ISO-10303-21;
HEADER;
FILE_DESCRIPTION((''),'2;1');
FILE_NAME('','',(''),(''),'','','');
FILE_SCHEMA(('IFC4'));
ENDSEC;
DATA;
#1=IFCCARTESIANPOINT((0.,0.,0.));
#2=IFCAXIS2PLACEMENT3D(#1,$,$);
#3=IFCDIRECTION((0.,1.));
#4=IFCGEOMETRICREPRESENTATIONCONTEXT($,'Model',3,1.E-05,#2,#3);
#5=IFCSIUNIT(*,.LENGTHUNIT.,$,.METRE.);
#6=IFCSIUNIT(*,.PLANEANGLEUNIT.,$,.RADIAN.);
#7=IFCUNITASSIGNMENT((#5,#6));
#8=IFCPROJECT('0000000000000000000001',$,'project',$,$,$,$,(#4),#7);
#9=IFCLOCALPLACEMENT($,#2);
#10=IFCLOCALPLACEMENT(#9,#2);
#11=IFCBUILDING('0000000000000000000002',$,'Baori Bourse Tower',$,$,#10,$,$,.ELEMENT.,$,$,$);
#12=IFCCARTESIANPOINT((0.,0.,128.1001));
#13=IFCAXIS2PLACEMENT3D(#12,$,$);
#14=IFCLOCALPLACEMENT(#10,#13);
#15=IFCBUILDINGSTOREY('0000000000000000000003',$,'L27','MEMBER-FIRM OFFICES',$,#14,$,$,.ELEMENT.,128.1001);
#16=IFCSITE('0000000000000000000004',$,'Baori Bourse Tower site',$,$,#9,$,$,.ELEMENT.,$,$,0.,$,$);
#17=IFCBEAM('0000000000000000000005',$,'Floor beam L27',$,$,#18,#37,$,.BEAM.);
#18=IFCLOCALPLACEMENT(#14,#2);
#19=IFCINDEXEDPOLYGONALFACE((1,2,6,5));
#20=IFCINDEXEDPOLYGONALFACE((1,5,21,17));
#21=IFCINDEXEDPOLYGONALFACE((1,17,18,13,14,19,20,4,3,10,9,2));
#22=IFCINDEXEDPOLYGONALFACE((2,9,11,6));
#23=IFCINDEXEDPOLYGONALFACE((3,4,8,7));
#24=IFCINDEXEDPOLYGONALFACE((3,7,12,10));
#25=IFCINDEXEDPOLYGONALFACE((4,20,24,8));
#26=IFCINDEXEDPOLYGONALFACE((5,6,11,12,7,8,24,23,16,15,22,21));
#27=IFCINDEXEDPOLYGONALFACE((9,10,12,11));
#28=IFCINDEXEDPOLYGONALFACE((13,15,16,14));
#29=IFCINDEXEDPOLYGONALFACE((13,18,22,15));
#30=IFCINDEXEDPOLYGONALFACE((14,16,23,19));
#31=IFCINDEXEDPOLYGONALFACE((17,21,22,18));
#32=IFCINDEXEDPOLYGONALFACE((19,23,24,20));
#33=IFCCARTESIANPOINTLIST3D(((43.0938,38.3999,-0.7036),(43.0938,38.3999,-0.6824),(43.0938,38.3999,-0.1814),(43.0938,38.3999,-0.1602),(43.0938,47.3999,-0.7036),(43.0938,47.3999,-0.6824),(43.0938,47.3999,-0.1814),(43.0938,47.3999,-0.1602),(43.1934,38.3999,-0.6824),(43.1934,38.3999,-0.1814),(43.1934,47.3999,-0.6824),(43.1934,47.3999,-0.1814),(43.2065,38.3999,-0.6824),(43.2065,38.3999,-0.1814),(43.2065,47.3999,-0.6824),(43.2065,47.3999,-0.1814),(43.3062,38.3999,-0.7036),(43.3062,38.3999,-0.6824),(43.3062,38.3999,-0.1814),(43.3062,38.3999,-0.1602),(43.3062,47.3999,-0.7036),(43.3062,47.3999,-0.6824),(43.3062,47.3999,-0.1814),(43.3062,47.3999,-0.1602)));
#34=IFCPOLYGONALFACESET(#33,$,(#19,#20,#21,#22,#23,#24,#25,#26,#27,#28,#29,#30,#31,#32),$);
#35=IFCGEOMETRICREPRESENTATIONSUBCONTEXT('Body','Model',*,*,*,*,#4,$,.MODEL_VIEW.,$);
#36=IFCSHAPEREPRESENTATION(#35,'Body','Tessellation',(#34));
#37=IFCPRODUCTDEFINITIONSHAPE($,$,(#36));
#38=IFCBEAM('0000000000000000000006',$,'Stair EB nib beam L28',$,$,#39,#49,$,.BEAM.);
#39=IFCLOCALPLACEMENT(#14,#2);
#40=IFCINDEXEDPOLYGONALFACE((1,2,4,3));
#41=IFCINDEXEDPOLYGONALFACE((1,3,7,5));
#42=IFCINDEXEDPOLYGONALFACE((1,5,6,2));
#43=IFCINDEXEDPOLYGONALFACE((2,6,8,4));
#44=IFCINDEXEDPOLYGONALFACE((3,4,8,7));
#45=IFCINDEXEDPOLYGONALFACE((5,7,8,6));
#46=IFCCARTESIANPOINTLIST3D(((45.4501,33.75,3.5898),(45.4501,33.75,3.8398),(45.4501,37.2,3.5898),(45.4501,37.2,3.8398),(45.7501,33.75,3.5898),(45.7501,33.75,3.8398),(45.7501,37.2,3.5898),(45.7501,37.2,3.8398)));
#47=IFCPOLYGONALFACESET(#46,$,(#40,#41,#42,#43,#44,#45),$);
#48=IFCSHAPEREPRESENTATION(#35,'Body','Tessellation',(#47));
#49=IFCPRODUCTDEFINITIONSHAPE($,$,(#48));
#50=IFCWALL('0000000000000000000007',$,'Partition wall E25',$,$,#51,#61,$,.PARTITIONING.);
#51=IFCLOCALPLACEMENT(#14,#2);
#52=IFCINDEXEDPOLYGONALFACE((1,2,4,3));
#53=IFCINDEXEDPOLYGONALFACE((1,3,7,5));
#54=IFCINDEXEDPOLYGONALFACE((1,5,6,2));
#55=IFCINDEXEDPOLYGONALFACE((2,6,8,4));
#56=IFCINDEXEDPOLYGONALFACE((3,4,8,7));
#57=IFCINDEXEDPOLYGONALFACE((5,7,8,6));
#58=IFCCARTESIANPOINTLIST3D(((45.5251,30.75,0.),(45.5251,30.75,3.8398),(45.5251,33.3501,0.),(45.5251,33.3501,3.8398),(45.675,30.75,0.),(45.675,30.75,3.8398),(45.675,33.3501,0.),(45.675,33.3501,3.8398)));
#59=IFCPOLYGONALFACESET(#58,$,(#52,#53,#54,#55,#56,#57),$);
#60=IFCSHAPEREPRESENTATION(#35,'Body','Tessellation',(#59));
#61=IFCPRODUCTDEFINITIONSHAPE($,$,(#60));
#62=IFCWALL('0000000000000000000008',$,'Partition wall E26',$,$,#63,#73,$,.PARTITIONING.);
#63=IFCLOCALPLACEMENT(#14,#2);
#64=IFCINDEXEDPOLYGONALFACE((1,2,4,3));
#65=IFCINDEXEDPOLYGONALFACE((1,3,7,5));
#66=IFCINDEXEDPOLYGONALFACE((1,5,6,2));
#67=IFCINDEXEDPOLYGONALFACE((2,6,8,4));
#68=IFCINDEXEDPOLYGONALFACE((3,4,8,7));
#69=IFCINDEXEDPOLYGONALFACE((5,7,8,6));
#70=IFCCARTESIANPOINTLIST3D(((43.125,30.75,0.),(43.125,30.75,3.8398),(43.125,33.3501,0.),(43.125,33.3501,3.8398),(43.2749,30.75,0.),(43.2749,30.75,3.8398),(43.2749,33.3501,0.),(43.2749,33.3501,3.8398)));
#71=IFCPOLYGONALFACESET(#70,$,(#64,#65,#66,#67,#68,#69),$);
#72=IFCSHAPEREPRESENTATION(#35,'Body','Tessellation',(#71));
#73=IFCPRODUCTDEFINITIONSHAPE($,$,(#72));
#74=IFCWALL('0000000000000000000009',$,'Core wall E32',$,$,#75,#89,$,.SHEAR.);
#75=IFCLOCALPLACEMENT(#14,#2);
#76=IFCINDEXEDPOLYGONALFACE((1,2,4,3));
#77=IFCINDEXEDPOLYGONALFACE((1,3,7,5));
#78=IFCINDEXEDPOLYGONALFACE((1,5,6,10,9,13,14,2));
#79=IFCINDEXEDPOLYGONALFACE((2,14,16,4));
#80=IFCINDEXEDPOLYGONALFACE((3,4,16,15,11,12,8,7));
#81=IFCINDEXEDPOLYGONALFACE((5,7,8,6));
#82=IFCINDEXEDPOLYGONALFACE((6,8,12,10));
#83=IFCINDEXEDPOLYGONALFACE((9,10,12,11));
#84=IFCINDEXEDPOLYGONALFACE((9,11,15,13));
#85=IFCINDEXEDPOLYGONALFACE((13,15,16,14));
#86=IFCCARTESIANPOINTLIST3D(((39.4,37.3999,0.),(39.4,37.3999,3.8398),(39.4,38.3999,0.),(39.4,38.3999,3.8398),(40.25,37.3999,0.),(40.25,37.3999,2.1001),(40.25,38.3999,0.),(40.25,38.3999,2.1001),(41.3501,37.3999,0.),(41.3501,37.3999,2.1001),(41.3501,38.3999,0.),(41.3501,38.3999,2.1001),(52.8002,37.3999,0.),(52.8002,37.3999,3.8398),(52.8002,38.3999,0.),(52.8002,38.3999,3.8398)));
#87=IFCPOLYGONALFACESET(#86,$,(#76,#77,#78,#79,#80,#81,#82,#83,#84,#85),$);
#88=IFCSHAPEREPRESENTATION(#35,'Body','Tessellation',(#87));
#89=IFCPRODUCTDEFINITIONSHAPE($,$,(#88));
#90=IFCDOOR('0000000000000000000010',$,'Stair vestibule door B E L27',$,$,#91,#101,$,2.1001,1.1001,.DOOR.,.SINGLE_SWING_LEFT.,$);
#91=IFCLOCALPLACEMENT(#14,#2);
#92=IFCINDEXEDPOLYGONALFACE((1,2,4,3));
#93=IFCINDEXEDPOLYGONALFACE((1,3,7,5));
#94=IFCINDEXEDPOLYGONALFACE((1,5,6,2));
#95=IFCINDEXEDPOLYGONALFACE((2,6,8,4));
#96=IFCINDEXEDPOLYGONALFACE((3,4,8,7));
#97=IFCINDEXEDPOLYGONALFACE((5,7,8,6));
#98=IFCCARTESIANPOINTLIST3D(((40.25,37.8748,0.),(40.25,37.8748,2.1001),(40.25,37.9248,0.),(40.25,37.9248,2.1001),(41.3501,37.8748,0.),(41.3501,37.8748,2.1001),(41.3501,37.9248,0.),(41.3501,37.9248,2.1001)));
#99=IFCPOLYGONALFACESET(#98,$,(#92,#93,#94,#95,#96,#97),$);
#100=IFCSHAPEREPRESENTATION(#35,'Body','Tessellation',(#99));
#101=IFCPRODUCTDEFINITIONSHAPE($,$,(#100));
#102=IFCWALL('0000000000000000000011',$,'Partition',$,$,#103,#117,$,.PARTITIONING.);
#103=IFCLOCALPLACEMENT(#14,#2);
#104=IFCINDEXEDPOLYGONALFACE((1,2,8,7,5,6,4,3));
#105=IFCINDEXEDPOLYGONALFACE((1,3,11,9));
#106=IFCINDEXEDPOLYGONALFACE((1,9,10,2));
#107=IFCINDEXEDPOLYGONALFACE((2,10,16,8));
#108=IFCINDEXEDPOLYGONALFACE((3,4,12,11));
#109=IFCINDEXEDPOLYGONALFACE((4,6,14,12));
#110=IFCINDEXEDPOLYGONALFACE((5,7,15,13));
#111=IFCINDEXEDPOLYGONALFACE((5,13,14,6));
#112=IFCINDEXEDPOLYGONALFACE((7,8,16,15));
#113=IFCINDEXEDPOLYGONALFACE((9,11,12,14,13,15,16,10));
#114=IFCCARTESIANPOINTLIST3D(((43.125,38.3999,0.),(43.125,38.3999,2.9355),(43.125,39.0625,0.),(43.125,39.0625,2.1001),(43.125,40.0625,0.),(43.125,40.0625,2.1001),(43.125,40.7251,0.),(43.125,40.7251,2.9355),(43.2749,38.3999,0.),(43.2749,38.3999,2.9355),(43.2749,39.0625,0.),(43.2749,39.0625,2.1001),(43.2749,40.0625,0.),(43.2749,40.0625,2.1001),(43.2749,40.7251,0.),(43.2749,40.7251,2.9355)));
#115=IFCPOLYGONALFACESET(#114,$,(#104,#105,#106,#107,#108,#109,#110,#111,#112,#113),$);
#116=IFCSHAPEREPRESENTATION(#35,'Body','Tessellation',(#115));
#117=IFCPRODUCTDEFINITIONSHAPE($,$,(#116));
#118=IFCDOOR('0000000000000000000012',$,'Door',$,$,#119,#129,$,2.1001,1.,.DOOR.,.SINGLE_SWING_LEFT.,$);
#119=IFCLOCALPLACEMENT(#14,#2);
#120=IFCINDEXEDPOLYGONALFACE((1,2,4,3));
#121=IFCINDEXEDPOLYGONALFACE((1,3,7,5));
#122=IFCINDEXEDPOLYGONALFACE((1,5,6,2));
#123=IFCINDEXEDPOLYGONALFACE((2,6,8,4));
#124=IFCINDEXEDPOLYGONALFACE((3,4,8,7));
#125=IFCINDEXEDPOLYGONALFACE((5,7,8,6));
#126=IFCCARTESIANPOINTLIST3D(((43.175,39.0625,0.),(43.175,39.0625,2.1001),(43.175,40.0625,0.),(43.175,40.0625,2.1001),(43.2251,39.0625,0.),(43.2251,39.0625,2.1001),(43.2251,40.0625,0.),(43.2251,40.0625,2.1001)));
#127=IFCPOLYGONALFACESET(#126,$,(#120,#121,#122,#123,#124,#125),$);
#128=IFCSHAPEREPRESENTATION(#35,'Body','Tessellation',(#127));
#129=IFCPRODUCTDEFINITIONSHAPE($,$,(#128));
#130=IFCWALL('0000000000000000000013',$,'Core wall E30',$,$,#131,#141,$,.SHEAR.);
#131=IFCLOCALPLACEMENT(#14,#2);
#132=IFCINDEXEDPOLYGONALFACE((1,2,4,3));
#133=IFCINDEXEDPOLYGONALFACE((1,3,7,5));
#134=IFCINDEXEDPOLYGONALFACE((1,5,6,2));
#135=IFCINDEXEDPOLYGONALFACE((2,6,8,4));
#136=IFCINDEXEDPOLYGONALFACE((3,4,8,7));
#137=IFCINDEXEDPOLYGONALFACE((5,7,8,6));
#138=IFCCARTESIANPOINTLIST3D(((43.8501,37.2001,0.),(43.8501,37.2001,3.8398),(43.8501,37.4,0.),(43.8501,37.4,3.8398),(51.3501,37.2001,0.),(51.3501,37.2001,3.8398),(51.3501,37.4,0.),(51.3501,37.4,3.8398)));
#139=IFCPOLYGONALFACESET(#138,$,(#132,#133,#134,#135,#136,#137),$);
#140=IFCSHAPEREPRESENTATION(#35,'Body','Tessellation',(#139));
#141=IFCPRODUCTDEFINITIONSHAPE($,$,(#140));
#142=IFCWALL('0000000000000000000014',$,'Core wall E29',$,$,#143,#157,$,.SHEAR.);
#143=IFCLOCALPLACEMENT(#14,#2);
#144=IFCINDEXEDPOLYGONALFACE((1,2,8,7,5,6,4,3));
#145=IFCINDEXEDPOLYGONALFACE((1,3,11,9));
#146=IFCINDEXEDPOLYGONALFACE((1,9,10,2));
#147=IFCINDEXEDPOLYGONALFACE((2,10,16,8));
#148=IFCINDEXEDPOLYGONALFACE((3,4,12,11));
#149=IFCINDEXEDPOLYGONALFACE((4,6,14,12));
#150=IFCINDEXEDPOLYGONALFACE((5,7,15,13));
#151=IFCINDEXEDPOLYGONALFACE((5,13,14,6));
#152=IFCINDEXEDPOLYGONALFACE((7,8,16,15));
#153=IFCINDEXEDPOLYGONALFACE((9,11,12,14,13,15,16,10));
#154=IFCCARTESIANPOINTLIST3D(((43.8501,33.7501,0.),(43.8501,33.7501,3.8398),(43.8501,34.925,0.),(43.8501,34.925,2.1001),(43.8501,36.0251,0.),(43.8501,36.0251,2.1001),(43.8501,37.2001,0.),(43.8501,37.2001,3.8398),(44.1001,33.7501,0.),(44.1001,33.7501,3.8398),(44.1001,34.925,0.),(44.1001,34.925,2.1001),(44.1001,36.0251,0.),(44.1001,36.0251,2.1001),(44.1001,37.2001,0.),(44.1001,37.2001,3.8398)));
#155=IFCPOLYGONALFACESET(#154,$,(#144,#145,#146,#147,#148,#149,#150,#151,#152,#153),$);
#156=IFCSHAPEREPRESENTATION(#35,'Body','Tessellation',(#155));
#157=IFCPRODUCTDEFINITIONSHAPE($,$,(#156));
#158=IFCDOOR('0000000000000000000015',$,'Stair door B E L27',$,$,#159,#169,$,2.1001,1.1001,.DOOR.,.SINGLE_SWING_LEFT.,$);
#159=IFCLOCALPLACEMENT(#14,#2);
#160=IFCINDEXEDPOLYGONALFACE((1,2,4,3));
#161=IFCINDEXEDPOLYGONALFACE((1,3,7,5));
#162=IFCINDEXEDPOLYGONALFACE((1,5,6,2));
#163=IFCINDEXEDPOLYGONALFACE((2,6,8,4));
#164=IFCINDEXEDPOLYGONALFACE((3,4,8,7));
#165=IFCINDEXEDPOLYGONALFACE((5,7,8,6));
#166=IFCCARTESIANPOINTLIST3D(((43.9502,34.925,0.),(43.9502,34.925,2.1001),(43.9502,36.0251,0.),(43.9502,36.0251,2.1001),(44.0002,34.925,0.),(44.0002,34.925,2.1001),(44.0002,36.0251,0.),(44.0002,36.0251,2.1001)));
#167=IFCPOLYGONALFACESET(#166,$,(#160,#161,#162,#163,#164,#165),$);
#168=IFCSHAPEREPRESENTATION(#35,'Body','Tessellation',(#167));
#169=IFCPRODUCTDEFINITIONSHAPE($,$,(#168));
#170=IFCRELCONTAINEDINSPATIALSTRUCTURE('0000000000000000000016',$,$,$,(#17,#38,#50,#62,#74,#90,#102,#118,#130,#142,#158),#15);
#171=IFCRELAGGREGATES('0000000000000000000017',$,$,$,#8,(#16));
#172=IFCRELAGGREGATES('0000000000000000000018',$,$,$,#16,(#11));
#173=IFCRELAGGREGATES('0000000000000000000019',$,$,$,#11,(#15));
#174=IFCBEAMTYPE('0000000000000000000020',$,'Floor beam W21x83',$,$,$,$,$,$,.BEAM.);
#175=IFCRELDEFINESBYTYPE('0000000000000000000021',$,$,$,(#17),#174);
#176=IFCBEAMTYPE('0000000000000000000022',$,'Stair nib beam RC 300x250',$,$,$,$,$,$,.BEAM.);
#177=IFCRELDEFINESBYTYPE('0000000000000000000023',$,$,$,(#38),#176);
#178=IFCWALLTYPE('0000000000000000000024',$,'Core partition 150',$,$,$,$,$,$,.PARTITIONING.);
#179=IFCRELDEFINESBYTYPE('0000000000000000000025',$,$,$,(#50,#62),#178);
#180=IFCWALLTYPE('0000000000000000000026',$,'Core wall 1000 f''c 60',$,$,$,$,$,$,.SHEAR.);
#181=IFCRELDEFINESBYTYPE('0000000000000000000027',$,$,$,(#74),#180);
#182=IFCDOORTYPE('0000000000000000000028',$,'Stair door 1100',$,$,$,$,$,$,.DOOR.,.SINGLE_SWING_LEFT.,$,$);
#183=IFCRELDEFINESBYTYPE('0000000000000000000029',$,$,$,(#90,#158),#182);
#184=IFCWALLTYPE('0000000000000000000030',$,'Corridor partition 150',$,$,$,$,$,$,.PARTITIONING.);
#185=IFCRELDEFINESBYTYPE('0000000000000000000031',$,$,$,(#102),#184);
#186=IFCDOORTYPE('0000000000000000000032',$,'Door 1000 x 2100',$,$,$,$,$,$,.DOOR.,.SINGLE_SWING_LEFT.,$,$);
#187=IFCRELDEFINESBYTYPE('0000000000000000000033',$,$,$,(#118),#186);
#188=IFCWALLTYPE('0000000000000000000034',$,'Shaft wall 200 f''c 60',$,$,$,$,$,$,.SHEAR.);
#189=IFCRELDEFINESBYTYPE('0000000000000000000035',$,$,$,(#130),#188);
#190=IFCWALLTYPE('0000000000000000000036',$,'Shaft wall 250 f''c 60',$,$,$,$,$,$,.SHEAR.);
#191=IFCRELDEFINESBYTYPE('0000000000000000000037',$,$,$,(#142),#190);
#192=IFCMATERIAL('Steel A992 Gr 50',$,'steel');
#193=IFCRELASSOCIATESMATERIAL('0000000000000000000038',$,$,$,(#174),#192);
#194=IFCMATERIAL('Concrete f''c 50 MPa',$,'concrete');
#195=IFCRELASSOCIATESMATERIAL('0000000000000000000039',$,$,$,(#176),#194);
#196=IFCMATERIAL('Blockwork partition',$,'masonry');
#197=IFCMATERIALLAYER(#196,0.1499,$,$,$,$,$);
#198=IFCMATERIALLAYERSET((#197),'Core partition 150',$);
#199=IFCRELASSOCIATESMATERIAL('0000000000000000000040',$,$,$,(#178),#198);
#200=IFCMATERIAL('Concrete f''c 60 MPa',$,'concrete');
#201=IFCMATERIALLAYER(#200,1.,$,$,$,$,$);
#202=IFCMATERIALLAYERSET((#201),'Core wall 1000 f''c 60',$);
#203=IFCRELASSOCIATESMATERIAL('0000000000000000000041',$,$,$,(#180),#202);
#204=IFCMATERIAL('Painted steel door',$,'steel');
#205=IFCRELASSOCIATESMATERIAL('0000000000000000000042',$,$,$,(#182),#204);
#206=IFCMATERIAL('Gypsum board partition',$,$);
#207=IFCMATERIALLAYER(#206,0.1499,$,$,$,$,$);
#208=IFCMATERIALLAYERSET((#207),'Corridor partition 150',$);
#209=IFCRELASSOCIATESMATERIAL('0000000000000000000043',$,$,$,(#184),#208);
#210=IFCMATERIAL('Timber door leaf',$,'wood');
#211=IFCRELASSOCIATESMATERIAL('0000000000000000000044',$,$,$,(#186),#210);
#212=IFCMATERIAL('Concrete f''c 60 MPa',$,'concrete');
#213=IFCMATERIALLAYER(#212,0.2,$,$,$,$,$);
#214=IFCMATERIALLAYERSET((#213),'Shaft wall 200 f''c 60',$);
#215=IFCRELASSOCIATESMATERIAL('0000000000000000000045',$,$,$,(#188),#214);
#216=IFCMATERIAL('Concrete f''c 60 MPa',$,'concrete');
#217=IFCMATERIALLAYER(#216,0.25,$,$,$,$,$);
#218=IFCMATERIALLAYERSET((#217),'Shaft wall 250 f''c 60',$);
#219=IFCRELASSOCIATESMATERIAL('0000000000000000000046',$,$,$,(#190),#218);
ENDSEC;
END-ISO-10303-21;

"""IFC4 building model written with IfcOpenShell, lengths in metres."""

from ifc_helpers import new_model, si_unit, direction, frame, frame_2d, origin, origin_2d, place, context, subcontext, project, spatial, rectangle, i_section, extrude, material, layer, layer_set, material_profile, profile_set, type_object, element, fill, save


model = new_model("IFC4")

# Units and contexts
model_context = context("Model", 3, precision=1e-05, world=origin(), true_north=direction((0.0, 1.0)))
body_context = subcontext(model_context, "Body", "Model", "MODEL_VIEW")
ifc_project = project(units=[si_unit("LENGTHUNIT", "METRE"), si_unit("PLANEANGLEUNIT", "RADIAN")], contexts=[model_context])

# Site, building, storey
site_placement = place(None, origin())
site = spatial("IfcSite", under=ifc_project, at=site_placement, Name="Baori Bourse Tower site", CompositionType="ELEMENT", RefElevation=0.0)
building_placement = place(site_placement, origin())
building = spatial("IfcBuilding", under=site, at=building_placement, Name="Baori Bourse Tower", CompositionType="ELEMENT")
storey_placement = place(building_placement, frame((0.0, 0.0, 128.1001)))
storey = spatial("IfcBuildingStorey", under=building, at=storey_placement, Name="L27", Description="MEMBER-FIRM OFFICES", CompositionType="ELEMENT", Elevation=128.1001)

# Beams
ifc_material_1 = material(Name="Steel A992 Gr 50", Category="steel")
ifc_material_profile_1 = material_profile(ifc_material_1, i_section(OverallWidth=0.2124, OverallDepth=0.5435, WebThickness=0.0132, FlangeThickness=0.0212, at=origin_2d()), Name="W21x83")
ifc_profile_set_1 = profile_set([ifc_material_profile_1], Name="Steel A992 Gr 50")
beam_type_1 = type_object("IfcBeamType", Name="Floor beam W21x83", PredefinedType="BEAM", material=ifc_profile_set_1)
beam_1_placement = place(storey_placement, frame((43.2, 38.3999, -0.4319), z_axis=(0.0, 1.0, 0.0), x_axis=(-1.0, 0.0, 0.0)))
element("IfcBeam", 1, at=beam_1_placement, inside=storey, type_object=beam_type_1, Name="Floor beam L27", PredefinedType="BEAM", context=body_context, shape_type="SweptSolid", body=[
    extrude(i_section(OverallWidth=0.2124, OverallDepth=0.5435, WebThickness=0.0132, FlangeThickness=0.0212, at=origin_2d()), origin(), (0.0, 0.0, 1.0), 9.0),
])
ifc_material_2 = material(Name="Concrete f'c 50 MPa", Category="concrete")
ifc_material_profile_2 = material_profile(ifc_material_2, rectangle(XDim=0.3, YDim=0.25, at=origin_2d()), Name="RC 300x250")
ifc_profile_set_2 = profile_set([ifc_material_profile_2], Name="Concrete f'c 50 MPa")
beam_type_2 = type_object("IfcBeamType", Name="Stair nib beam RC 300x250", PredefinedType="BEAM", material=ifc_profile_set_2)
beam_2_placement = place(storey_placement, frame((45.6001, 33.75, 3.7148), z_axis=(0.0, 1.0, 0.0), x_axis=(-1.0, 0.0, 0.0)))
element("IfcBeam", 2, at=beam_2_placement, inside=storey, type_object=beam_type_2, Name="Stair EB nib beam L28", PredefinedType="BEAM", context=body_context, shape_type="SweptSolid", body=[
    extrude(rectangle(XDim=0.3, YDim=0.25, at=origin_2d()), origin(), (0.0, 0.0, 1.0), 3.45),
])

# Walls
ifc_material_3 = material(Name="Blockwork partition", Category="masonry")
ifc_layer_1 = layer(ifc_material_3, 0.1499)
ifc_layer_set_1 = layer_set([ifc_layer_1], Name="Core partition 150")
wall_type_1 = type_object("IfcWallType", Name="Core partition 150", PredefinedType="PARTITIONING", material=ifc_layer_set_1)
for number, where, z_axis, x_axis, name in (
    (3, (45.6001, 30.75, 0.0), (0.0, 0.0, 1.0), (0.0, 1.0, 0.0), "Partition wall E25"),
    (4, (43.2, 30.75, 0.0), (0.0, 0.0, 1.0), (0.0, 1.0, 0.0), "Partition wall E26"),
):
    element("IfcWall", number, at=place(storey_placement, frame(where, z_axis=z_axis, x_axis=x_axis)), inside=storey, type_object=wall_type_1, Name=name, PredefinedType="PARTITIONING", context=body_context, shape_type="SweptSolid", body=[
        extrude(rectangle(XDim=2.6001, YDim=0.1499, at=frame_2d((1.3, 0.0))), origin(), (0.0, 0.0, 1.0), 3.8398),
    ])

# Walls, openings, doors
ifc_material_4 = material(Name="Concrete f'c 60 MPa", Category="concrete")
ifc_layer_2 = layer(ifc_material_4, 1.0)
ifc_layer_set_2 = layer_set([ifc_layer_2], Name="Core wall 1000 f'c 60")
wall_type_2 = type_object("IfcWallType", Name="Core wall 1000 f'c 60", PredefinedType="SHEAR", material=ifc_layer_set_2)
wall_1_placement = place(storey_placement, frame((39.3999, 37.8999, 0.0), z_axis=(0.0, 0.0, 1.0), x_axis=(1.0, 0.0, 0.0)))
wall_1 = element("IfcWall", 5, at=wall_1_placement, inside=storey, type_object=wall_type_2, Name="Core wall E32", PredefinedType="SHEAR", context=body_context, shape_type="SweptSolid", body=[
    extrude(rectangle(XDim=13.4001, YDim=1.0, at=frame_2d((6.7002, 0.0))), origin(), (0.0, 0.0, 1.0), 3.8398),
])
opening_1_placement = place(wall_1_placement, frame((0.8501, 0.0, 0.0)))
opening_1 = element("IfcOpeningElement", 6, at=opening_1_placement, cuts=wall_1, PredefinedType="OPENING", context=body_context, shape_type="SweptSolid", body=[
    extrude(rectangle(XDim=1.1001, YDim=2.1001, at=frame_2d((0.55, 1.05))), frame((0.0, 0.51, 0.0), z_axis=(0.0, -1.0, 0.0), x_axis=(1.0, 0.0, 0.0)), (0.0, 0.0, 1.0), 1.02),
])
ifc_material_5 = material(Name="Painted steel door", Category="steel")
door_type_1 = type_object("IfcDoorType", Name="Stair door 1100", OperationType="SINGLE_SWING_LEFT", PredefinedType="DOOR", material=ifc_material_5)
door_1_placement = place(opening_1_placement, origin())
door_1 = element("IfcDoor", 7, at=door_1_placement, inside=storey, type_object=door_type_1, Name="Stair vestibule door B E L27", OperationType="SINGLE_SWING_LEFT", OverallHeight=2.1001, OverallWidth=1.1001, PredefinedType="DOOR", context=body_context, shape_type="SweptSolid", body=[
    extrude(rectangle(XDim=1.1001, YDim=2.1001, at=frame_2d((0.55, 1.05))), frame((0.0, 0.0249, 0.0), z_axis=(0.0, -1.0, 0.0), x_axis=(1.0, 0.0, 0.0)), (0.0, 0.0, 1.0), 0.05),
])
fill(opening_1, door_1)
ifc_material_6 = material(Name="Gypsum board partition")
ifc_layer_3 = layer(ifc_material_6, 0.1499)
ifc_layer_set_3 = layer_set([ifc_layer_3], Name="Corridor partition 150")
wall_type_3 = type_object("IfcWallType", Name="Corridor partition 150", PredefinedType="PARTITIONING", material=ifc_layer_set_3)
wall_2_placement = place(storey_placement, frame((43.2, 38.3999, 0.0), z_axis=(0.0, 0.0, 1.0), x_axis=(0.0, 1.0, 0.0)))
wall_2 = element("IfcWall", 8, at=wall_2_placement, inside=storey, type_object=wall_type_3, Name="Partition", PredefinedType="PARTITIONING", context=body_context, shape_type="SweptSolid", body=[
    extrude(rectangle(XDim=2.3252, YDim=0.1499, at=frame_2d((1.1626, 0.0))), origin(), (0.0, 0.0, 1.0), 2.9355),
])
opening_2_placement = place(wall_2_placement, frame((0.6626, 0.0, 0.0)))
opening_2 = element("IfcOpeningElement", 9, at=opening_2_placement, cuts=wall_2, PredefinedType="OPENING", context=body_context, shape_type="SweptSolid", body=[
    extrude(rectangle(XDim=1.0, YDim=2.1001, at=frame_2d((0.5, 1.05))), frame((0.0, 0.085, 0.0), z_axis=(0.0, -1.0, 0.0), x_axis=(1.0, 0.0, 0.0)), (0.0, 0.0, 1.0), 0.1699),
])
ifc_material_7 = material(Name="Timber door leaf", Category="wood")
door_type_2 = type_object("IfcDoorType", Name="Door 1000 x 2100", OperationType="SINGLE_SWING_LEFT", PredefinedType="DOOR", material=ifc_material_7)
door_2_placement = place(opening_2_placement, origin())
door_2 = element("IfcDoor", 10, at=door_2_placement, inside=storey, type_object=door_type_2, Name="Door", OperationType="SINGLE_SWING_LEFT", OverallHeight=2.1001, OverallWidth=1.0, PredefinedType="DOOR", context=body_context, shape_type="SweptSolid", body=[
    extrude(rectangle(XDim=1.0, YDim=2.1001, at=frame_2d((0.5, 1.05))), frame((0.0, 0.0249, 0.0), z_axis=(0.0, -1.0, 0.0), x_axis=(1.0, 0.0, 0.0)), (0.0, 0.0, 1.0), 0.05),
])
fill(opening_2, door_2)

# Wall
ifc_material_8 = material(Name="Concrete f'c 60 MPa", Category="concrete")
ifc_layer_4 = layer(ifc_material_8, 0.2)
ifc_layer_set_4 = layer_set([ifc_layer_4], Name="Shaft wall 200 f'c 60")
wall_type_4 = type_object("IfcWallType", Name="Shaft wall 200 f'c 60", PredefinedType="SHEAR", material=ifc_layer_set_4)
wall_3_placement = place(storey_placement, frame((43.8501, 37.3, 0.0), z_axis=(0.0, 0.0, 1.0), x_axis=(1.0, 0.0, 0.0)))
element("IfcWall", 11, at=wall_3_placement, inside=storey, type_object=wall_type_4, Name="Core wall E30", PredefinedType="SHEAR", context=body_context, shape_type="SweptSolid", body=[
    extrude(rectangle(XDim=7.5, YDim=0.2, at=frame_2d((3.75, 0.0))), origin(), (0.0, 0.0, 1.0), 3.8398),
])

# Wall, opening, door
ifc_material_9 = material(Name="Concrete f'c 60 MPa", Category="concrete")
ifc_layer_5 = layer(ifc_material_9, 0.25)
ifc_layer_set_5 = layer_set([ifc_layer_5], Name="Shaft wall 250 f'c 60")
wall_type_5 = type_object("IfcWallType", Name="Shaft wall 250 f'c 60", PredefinedType="SHEAR", material=ifc_layer_set_5)
wall_4_placement = place(storey_placement, frame((43.9751, 33.75, 0.0), z_axis=(0.0, 0.0, 1.0), x_axis=(0.0, 1.0, 0.0)))
wall_4 = element("IfcWall", 12, at=wall_4_placement, inside=storey, type_object=wall_type_5, Name="Core wall E29", PredefinedType="SHEAR", context=body_context, shape_type="SweptSolid", body=[
    extrude(rectangle(XDim=3.45, YDim=0.25, at=frame_2d((1.7251, 0.0))), origin(), (0.0, 0.0, 1.0), 3.8398),
])
opening_3_placement = place(wall_4_placement, frame((1.175, 0.0, 0.0)))
opening_3 = element("IfcOpeningElement", 13, at=opening_3_placement, cuts=wall_4, PredefinedType="OPENING", context=body_context, shape_type="SweptSolid", body=[
    extrude(rectangle(XDim=1.1001, YDim=2.1001, at=frame_2d((0.55, 1.05))), frame((0.0, 0.135, 0.0), z_axis=(0.0, -1.0, 0.0), x_axis=(1.0, 0.0, 0.0)), (0.0, 0.0, 1.0), 0.27),
])
door_3_placement = place(opening_3_placement, origin())
door_3 = element("IfcDoor", 14, at=door_3_placement, inside=storey, type_object=door_type_1, Name="Stair door B E L27", OperationType="SINGLE_SWING_LEFT", OverallHeight=2.1001, OverallWidth=1.1001, PredefinedType="DOOR", context=body_context, shape_type="SweptSolid", body=[
    extrude(rectangle(XDim=1.1001, YDim=2.1001, at=frame_2d((0.55, 1.05))), frame((0.0, 0.0249, 0.0), z_axis=(0.0, -1.0, 0.0), x_axis=(1.0, 0.0, 0.0)), (0.0, 0.0, 1.0), 0.05),
])
fill(opening_3, door_3)

save(model, "model.ifc")
